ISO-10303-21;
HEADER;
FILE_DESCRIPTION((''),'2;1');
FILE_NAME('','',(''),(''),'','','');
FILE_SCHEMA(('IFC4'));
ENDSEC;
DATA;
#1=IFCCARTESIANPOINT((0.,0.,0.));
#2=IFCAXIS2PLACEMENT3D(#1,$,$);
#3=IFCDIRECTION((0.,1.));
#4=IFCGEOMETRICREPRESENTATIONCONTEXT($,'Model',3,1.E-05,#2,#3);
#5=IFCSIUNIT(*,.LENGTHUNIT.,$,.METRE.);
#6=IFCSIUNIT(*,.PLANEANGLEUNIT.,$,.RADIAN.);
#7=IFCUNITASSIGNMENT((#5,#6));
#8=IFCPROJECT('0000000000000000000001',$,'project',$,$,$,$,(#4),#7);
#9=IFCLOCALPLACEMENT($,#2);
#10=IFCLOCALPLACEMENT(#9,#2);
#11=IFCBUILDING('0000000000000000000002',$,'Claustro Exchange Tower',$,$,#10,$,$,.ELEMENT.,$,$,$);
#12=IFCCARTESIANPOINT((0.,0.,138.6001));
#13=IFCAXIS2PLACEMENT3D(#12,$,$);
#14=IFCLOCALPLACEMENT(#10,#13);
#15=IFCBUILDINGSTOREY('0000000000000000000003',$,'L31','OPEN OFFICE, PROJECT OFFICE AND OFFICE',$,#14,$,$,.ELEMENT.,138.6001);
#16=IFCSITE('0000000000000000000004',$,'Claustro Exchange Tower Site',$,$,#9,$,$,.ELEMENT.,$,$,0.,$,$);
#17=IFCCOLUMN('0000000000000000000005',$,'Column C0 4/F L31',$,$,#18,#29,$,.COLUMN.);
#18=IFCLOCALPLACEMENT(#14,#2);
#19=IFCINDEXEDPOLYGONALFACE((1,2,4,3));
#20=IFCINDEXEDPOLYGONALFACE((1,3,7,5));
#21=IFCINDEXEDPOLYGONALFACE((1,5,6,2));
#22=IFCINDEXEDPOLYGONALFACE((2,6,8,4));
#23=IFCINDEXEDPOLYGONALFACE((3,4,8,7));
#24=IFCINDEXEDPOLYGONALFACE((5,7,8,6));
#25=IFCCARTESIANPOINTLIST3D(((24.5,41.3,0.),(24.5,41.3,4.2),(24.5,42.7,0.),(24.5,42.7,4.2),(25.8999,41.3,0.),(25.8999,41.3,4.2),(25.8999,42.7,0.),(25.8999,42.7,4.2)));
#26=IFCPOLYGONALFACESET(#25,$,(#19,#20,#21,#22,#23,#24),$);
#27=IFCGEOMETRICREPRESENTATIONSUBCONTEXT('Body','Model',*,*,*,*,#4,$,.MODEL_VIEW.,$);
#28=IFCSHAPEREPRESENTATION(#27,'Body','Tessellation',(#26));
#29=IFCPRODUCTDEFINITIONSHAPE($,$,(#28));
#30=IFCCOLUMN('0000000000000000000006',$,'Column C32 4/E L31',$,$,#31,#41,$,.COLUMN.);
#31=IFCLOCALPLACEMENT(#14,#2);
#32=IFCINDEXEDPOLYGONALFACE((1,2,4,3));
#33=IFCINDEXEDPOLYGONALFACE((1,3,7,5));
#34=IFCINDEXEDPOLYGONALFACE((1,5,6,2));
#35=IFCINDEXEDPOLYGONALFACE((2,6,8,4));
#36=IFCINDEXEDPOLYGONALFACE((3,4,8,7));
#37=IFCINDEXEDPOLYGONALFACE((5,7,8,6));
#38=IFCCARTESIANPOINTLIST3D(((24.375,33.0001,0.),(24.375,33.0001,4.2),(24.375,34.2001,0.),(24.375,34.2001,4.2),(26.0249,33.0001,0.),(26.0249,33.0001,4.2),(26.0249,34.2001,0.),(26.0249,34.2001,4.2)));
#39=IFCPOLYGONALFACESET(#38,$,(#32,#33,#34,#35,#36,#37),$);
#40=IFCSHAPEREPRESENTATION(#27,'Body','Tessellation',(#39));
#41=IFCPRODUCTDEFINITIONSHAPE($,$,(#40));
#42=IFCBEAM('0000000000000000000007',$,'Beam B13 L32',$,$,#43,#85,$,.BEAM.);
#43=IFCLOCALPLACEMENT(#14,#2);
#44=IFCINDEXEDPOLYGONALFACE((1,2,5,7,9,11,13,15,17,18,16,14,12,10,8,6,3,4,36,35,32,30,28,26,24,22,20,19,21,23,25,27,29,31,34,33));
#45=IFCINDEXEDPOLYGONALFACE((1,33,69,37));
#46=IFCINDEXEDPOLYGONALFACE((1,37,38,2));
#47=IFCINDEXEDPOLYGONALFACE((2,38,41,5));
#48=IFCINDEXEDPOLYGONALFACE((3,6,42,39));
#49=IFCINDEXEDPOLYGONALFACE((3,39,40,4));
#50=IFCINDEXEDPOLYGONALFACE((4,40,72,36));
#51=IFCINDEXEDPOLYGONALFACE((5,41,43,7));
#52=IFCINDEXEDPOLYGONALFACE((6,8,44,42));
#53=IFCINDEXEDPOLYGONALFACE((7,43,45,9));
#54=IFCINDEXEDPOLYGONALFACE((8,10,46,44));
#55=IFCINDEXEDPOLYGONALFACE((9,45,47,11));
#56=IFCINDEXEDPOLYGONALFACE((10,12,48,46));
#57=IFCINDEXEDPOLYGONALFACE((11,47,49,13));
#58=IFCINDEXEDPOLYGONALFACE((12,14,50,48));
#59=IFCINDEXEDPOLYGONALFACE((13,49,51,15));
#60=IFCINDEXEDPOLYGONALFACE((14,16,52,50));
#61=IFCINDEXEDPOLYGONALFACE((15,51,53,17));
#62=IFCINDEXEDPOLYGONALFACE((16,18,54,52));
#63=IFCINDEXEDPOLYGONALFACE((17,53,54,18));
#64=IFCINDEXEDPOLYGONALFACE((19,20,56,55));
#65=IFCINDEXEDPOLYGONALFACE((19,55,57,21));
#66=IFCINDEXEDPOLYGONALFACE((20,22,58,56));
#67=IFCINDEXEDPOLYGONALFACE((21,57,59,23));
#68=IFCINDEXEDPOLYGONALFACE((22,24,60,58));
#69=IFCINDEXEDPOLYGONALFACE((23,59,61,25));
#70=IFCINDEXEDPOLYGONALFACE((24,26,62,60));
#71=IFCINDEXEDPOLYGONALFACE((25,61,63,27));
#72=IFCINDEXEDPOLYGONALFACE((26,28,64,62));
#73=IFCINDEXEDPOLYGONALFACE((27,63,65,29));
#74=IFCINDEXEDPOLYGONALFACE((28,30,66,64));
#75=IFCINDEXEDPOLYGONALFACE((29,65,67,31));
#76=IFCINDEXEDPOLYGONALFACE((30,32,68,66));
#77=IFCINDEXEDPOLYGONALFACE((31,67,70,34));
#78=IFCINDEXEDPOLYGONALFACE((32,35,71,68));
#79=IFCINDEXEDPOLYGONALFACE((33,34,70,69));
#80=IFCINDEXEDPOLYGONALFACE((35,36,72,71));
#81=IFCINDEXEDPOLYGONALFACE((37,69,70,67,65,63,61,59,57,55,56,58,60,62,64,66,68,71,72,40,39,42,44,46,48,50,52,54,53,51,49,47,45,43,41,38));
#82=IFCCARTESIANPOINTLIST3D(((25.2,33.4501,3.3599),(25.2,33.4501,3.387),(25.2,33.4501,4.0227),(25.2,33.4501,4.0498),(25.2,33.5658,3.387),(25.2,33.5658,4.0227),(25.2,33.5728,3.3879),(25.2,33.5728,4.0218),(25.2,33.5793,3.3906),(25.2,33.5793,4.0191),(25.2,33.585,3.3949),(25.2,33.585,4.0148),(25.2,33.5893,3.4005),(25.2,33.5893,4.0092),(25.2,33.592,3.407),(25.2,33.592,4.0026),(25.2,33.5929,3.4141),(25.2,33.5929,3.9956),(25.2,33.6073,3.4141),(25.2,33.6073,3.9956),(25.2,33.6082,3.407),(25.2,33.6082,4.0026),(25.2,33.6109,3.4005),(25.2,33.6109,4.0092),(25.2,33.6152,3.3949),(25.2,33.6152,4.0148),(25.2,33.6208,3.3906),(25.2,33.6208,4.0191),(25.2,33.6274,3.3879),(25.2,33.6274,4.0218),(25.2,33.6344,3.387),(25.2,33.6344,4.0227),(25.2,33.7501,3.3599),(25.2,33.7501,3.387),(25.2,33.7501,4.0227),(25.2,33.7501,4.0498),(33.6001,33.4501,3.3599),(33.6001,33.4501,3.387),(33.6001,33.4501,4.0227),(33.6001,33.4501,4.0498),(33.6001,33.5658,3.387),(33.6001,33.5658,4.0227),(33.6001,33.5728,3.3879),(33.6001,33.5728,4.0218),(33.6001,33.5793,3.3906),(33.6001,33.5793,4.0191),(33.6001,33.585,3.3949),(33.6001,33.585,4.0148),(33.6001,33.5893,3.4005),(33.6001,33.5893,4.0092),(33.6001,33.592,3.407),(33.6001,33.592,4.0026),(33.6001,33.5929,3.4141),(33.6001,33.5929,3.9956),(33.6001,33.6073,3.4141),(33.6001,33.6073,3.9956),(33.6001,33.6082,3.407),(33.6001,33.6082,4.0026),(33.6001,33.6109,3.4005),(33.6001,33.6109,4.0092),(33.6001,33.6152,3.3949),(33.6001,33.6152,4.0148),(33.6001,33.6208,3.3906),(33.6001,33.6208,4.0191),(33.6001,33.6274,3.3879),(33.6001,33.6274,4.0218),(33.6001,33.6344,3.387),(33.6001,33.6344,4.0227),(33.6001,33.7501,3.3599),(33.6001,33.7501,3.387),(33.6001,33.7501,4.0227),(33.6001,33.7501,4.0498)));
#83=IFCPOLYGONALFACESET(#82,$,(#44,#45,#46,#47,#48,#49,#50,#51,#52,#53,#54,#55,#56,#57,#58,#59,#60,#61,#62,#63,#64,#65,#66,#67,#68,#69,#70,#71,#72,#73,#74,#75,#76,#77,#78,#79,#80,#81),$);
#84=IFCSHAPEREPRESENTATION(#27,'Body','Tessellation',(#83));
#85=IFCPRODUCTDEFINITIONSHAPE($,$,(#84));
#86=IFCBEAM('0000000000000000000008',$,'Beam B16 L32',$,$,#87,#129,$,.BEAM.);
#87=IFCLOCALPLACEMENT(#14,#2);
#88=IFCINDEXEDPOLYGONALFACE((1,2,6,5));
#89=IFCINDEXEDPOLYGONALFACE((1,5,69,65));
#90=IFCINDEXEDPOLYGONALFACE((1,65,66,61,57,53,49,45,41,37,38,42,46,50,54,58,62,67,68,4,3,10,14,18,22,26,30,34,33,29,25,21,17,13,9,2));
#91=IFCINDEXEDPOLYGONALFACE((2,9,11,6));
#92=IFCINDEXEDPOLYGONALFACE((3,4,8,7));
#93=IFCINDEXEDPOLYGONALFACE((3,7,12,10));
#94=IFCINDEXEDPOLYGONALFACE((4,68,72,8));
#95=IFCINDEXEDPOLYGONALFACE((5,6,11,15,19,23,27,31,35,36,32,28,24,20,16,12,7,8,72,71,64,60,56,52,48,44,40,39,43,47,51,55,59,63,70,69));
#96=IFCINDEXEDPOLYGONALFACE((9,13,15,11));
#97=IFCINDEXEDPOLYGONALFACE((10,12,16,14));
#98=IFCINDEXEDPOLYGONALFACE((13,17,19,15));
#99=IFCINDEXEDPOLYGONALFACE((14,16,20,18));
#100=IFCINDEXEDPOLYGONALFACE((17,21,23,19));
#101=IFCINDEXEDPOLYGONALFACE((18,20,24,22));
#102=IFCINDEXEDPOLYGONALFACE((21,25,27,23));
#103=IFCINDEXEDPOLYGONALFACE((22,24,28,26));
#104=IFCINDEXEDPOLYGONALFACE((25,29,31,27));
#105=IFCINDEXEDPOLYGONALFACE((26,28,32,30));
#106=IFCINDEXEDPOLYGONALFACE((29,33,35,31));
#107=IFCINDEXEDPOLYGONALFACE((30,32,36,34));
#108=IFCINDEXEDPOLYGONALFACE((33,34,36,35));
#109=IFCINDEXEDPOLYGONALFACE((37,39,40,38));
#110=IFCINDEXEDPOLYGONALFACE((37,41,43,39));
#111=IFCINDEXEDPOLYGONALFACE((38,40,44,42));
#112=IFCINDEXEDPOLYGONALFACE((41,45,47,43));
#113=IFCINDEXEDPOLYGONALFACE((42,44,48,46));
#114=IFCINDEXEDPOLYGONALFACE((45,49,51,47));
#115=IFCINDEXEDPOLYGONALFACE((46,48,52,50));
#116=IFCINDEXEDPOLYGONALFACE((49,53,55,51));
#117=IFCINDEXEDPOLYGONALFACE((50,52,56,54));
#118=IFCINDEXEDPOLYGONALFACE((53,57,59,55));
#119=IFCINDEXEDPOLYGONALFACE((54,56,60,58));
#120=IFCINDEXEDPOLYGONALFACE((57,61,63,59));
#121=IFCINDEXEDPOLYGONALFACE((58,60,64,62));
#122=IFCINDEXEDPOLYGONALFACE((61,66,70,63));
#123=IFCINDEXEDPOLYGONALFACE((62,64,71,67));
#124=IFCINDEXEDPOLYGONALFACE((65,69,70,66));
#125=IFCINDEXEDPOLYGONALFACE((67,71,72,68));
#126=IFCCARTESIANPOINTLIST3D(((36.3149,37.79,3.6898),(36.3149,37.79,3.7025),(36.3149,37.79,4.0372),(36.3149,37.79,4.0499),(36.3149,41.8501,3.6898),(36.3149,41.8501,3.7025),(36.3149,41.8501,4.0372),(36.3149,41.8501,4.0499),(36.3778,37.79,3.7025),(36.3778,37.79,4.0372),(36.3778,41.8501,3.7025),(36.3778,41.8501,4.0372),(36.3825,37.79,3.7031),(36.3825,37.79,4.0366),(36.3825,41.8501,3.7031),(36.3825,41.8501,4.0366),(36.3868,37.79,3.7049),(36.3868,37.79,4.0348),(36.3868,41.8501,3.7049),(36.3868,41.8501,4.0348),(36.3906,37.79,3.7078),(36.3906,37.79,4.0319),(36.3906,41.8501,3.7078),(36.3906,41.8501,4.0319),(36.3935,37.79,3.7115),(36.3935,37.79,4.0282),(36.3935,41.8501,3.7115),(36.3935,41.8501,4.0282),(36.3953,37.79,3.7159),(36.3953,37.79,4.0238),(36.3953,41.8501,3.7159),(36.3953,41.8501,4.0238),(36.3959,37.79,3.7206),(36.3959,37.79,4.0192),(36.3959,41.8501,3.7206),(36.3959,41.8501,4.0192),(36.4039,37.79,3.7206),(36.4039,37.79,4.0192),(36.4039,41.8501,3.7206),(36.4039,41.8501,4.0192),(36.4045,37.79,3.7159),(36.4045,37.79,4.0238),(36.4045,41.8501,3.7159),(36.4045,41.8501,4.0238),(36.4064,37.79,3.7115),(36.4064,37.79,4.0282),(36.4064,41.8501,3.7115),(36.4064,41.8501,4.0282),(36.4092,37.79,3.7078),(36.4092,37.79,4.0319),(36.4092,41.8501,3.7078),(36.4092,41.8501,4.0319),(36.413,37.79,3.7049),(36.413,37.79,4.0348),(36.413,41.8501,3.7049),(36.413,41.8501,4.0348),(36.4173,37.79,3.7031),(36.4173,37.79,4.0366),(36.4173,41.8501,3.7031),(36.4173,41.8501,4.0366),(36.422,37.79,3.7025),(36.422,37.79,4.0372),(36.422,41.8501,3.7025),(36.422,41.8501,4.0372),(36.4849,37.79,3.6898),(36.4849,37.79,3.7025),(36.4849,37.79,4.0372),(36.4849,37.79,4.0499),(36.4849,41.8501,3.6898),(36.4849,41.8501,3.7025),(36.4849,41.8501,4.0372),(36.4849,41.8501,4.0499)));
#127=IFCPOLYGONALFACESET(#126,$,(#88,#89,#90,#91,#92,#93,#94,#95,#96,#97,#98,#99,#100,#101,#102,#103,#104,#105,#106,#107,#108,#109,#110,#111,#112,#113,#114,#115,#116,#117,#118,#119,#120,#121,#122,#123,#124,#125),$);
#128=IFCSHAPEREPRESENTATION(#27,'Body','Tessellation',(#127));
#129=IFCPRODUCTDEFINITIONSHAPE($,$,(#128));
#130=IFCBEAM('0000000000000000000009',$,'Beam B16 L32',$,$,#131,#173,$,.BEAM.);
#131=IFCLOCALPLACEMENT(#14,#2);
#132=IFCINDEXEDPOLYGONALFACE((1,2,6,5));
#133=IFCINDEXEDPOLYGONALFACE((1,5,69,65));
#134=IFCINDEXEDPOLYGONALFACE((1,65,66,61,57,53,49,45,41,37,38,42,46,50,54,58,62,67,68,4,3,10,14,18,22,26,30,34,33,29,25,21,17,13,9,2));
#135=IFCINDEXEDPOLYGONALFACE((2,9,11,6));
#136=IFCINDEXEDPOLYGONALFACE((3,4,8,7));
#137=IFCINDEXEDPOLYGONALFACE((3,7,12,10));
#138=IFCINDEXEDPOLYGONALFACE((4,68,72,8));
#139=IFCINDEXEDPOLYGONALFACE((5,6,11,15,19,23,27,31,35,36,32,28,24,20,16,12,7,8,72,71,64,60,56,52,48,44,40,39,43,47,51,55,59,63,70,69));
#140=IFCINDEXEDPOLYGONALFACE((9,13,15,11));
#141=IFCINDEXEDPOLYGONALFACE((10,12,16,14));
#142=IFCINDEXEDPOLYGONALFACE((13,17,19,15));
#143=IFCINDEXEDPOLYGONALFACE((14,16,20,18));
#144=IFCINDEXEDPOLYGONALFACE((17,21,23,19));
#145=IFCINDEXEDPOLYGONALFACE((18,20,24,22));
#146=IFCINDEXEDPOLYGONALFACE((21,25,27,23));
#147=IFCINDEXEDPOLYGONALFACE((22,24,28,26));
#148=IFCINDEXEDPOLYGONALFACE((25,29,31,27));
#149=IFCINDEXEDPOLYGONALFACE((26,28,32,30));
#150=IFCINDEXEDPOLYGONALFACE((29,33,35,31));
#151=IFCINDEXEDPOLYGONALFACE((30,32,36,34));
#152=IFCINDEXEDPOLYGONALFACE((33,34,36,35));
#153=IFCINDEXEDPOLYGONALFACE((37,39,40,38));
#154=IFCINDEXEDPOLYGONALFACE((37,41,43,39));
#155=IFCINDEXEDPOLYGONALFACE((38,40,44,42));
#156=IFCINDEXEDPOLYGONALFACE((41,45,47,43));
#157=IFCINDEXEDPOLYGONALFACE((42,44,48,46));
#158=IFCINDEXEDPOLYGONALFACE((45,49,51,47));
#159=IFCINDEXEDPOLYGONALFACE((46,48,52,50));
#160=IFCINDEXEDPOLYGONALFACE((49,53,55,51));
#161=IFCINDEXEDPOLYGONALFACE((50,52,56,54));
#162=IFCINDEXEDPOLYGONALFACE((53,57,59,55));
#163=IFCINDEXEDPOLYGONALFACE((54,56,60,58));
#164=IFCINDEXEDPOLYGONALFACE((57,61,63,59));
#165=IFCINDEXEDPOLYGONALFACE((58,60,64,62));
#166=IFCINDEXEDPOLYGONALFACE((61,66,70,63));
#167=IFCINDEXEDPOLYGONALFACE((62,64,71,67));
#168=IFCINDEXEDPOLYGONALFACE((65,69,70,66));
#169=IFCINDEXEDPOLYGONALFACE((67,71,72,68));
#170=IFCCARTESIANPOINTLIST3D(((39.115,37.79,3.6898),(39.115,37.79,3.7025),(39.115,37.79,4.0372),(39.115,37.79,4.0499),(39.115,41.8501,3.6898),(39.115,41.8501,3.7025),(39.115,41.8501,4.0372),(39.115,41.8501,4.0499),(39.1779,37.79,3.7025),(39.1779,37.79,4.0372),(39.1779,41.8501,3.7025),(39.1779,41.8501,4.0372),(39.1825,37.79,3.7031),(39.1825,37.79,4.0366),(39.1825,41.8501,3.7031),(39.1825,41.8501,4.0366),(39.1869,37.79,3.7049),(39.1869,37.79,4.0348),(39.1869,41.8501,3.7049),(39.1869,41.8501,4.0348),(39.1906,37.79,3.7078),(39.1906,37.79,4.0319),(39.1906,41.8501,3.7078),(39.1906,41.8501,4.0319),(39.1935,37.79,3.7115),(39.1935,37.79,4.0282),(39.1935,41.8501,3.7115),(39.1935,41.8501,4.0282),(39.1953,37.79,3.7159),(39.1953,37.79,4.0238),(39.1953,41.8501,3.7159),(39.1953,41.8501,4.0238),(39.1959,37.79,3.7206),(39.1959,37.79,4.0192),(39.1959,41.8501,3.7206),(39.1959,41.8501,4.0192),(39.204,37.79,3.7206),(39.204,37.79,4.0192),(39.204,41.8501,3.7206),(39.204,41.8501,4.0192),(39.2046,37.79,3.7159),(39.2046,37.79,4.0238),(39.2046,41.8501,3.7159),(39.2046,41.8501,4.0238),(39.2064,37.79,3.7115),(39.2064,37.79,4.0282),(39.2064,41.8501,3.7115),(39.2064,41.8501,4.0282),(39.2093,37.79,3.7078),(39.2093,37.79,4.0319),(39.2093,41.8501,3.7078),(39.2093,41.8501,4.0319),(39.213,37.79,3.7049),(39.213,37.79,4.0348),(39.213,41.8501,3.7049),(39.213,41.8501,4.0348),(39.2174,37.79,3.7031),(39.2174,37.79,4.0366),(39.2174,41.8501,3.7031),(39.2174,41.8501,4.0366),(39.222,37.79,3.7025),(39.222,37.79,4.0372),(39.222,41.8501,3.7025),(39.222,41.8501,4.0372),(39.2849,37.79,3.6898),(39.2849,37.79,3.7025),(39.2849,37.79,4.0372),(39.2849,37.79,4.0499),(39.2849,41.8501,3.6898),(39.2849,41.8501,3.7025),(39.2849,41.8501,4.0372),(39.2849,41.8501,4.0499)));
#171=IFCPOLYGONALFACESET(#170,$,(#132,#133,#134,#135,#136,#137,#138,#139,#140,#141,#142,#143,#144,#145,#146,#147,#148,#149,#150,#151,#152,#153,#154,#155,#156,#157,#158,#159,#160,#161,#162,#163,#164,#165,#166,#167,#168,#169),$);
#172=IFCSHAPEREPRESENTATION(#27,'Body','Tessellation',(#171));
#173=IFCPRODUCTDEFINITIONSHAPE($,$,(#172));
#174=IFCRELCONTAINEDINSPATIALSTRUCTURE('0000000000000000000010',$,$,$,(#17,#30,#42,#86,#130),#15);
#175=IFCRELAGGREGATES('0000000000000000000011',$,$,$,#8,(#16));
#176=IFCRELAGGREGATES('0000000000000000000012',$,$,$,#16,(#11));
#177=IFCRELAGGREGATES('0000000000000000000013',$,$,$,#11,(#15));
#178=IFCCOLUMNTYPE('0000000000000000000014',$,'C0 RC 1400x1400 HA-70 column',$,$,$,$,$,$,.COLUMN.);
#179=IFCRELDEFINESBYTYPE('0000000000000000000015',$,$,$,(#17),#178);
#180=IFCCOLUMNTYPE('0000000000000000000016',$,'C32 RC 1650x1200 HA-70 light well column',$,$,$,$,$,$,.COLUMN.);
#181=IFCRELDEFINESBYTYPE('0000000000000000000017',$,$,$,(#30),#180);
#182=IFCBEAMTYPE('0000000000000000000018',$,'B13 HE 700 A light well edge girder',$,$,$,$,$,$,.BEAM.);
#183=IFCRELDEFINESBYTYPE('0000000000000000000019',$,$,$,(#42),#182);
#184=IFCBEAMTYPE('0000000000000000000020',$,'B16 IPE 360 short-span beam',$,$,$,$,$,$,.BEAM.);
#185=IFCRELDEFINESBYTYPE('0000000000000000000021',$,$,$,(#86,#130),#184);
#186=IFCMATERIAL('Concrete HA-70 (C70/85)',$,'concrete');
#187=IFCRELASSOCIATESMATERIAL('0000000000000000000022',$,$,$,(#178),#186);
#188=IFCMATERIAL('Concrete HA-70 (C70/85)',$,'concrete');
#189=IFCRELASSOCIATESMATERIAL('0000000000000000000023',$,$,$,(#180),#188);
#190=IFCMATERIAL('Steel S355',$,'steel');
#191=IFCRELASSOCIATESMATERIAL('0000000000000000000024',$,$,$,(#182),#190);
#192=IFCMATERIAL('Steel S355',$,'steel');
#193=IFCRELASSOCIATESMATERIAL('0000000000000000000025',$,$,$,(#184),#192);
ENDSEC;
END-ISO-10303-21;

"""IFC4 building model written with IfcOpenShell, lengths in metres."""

from ifc_helpers import new_model, si_unit, direction, frame, origin, origin_2d, place, context, subcontext, project, spatial, rectangle, i_section, extrude, material, material_profile, profile_set, type_object, element, save


model = new_model("IFC4")

# Units and contexts
model_context = context("Model", 3, precision=1e-05, world=origin(), true_north=direction((0.0, 1.0)))
body_context = subcontext(model_context, "Body", "Model", "MODEL_VIEW")
ifc_project = project(units=[si_unit("LENGTHUNIT", "METRE"), si_unit("PLANEANGLEUNIT", "RADIAN")], contexts=[model_context])

# Site, building, storey
site_placement = place(None, origin())
site = spatial("IfcSite", under=ifc_project, at=site_placement, Name="Claustro Exchange Tower Site", CompositionType="ELEMENT", RefElevation=0.0)
building_placement = place(site_placement, origin())
building = spatial("IfcBuilding", under=site, at=building_placement, Name="Claustro Exchange Tower", CompositionType="ELEMENT")
storey_placement = place(building_placement, frame((0.0, 0.0, 138.6001)))
storey = spatial("IfcBuildingStorey", under=building, at=storey_placement, Name="L31", Description="OPEN OFFICE, PROJECT OFFICE AND OFFICE", CompositionType="ELEMENT", Elevation=138.6001)

# Columns
ifc_material_1 = material(Name="Concrete HA-70 (C70/85)", Category="concrete")
ifc_material_profile_1 = material_profile(ifc_material_1, rectangle(XDim=1.3999, YDim=1.3999, at=origin_2d()), Name="RC 1400x1400")
ifc_profile_set_1 = profile_set([ifc_material_profile_1], Name="Concrete HA-70 (C70/85)")
column_type_1 = type_object("IfcColumnType", Name="C0 RC 1400x1400 HA-70 column", PredefinedType="COLUMN", material=ifc_profile_set_1)
column_1_placement = place(storey_placement, frame((25.2, 42.0, 0.0), z_axis=(0.0, 0.0, 1.0), x_axis=(1.0, 0.0, 0.0)))
element("IfcColumn", 1, at=column_1_placement, inside=storey, type_object=column_type_1, Name="Column C0 4/F L31", PredefinedType="COLUMN", context=body_context, shape_type="SweptSolid", body=[
    extrude(rectangle(XDim=1.3999, YDim=1.3999, at=origin_2d()), origin(), (0.0, 0.0, 1.0), 4.2),
])
ifc_material_2 = material(Name="Concrete HA-70 (C70/85)", Category="concrete")
ifc_material_profile_2 = material_profile(ifc_material_2, rectangle(XDim=1.6499, YDim=1.2, at=origin_2d()), Name="RC 1650x1200")
ifc_profile_set_2 = profile_set([ifc_material_profile_2], Name="Concrete HA-70 (C70/85)")
column_type_2 = type_object("IfcColumnType", Name="C32 RC 1650x1200 HA-70 light well column", PredefinedType="COLUMN", material=ifc_profile_set_2)
column_2_placement = place(storey_placement, frame((25.2, 33.6001, 0.0), z_axis=(0.0, 0.0, 1.0), x_axis=(1.0, 0.0, 0.0)))
element("IfcColumn", 2, at=column_2_placement, inside=storey, type_object=column_type_2, Name="Column C32 4/E L31", PredefinedType="COLUMN", context=body_context, shape_type="SweptSolid", body=[
    extrude(rectangle(XDim=1.6499, YDim=1.2, at=origin_2d()), origin(), (0.0, 0.0, 1.0), 4.2),
])

# Beams
ifc_material_3 = material(Name="Steel S355", Category="steel")
ifc_material_profile_3 = material_profile(ifc_material_3, i_section(OverallWidth=0.3, OverallDepth=0.6899, WebThickness=0.0144, FlangeThickness=0.0271, FilletRadius=0.0271, at=origin_2d()), Name="HE 700 A")
ifc_profile_set_3 = profile_set([ifc_material_profile_3], Name="Steel S355")
beam_type_1 = type_object("IfcBeamType", Name="B13 HE 700 A light well edge girder", PredefinedType="BEAM", material=ifc_profile_set_3)
beam_1_placement = place(storey_placement, frame((25.2, 33.6001, 3.7048), z_axis=(1.0, 0.0, 0.0), x_axis=(0.0, 1.0, 0.0)))
element("IfcBeam", 3, at=beam_1_placement, inside=storey, type_object=beam_type_1, Name="Beam B13 L32", PredefinedType="BEAM", context=body_context, shape_type="SweptSolid", body=[
    extrude(i_section(OverallWidth=0.3, OverallDepth=0.6899, WebThickness=0.0144, FlangeThickness=0.0271, FilletRadius=0.0271, at=origin_2d()), origin(), (0.0, 0.0, 1.0), 8.4001),
])
ifc_material_4 = material(Name="Steel S355", Category="steel")
ifc_material_profile_4 = material_profile(ifc_material_4, i_section(OverallWidth=0.1699, OverallDepth=0.3601, WebThickness=0.0081, FlangeThickness=0.0127, FilletRadius=0.0181, at=origin_2d()), Name="IPE 360")
ifc_profile_set_4 = profile_set([ifc_material_profile_4], Name="Steel S355")
beam_type_2 = type_object("IfcBeamType", Name="B16 IPE 360 short-span beam", PredefinedType="BEAM", material=ifc_profile_set_4)
for number, where, z_axis, x_axis, name in (
    (4, (36.3999, 37.79, 3.8699), (0.0, 1.0, 0.0), (-1.0, 0.0, 0.0), "Beam B16 L32"),
    (5, (39.2, 37.79, 3.8699), (0.0, 1.0, 0.0), (-1.0, 0.0, 0.0), "Beam B16 L32"),
):
    element("IfcBeam", number, at=place(storey_placement, frame(where, z_axis=z_axis, x_axis=x_axis)), inside=storey, type_object=beam_type_2, Name=name, PredefinedType="BEAM", context=body_context, shape_type="SweptSolid", body=[
        extrude(i_section(OverallWidth=0.1699, OverallDepth=0.3601, WebThickness=0.0081, FlangeThickness=0.0127, FilletRadius=0.0181, at=origin_2d()), origin(), (0.0, 0.0, 1.0), 4.0601),
    ])

save(model, "model.ifc")
